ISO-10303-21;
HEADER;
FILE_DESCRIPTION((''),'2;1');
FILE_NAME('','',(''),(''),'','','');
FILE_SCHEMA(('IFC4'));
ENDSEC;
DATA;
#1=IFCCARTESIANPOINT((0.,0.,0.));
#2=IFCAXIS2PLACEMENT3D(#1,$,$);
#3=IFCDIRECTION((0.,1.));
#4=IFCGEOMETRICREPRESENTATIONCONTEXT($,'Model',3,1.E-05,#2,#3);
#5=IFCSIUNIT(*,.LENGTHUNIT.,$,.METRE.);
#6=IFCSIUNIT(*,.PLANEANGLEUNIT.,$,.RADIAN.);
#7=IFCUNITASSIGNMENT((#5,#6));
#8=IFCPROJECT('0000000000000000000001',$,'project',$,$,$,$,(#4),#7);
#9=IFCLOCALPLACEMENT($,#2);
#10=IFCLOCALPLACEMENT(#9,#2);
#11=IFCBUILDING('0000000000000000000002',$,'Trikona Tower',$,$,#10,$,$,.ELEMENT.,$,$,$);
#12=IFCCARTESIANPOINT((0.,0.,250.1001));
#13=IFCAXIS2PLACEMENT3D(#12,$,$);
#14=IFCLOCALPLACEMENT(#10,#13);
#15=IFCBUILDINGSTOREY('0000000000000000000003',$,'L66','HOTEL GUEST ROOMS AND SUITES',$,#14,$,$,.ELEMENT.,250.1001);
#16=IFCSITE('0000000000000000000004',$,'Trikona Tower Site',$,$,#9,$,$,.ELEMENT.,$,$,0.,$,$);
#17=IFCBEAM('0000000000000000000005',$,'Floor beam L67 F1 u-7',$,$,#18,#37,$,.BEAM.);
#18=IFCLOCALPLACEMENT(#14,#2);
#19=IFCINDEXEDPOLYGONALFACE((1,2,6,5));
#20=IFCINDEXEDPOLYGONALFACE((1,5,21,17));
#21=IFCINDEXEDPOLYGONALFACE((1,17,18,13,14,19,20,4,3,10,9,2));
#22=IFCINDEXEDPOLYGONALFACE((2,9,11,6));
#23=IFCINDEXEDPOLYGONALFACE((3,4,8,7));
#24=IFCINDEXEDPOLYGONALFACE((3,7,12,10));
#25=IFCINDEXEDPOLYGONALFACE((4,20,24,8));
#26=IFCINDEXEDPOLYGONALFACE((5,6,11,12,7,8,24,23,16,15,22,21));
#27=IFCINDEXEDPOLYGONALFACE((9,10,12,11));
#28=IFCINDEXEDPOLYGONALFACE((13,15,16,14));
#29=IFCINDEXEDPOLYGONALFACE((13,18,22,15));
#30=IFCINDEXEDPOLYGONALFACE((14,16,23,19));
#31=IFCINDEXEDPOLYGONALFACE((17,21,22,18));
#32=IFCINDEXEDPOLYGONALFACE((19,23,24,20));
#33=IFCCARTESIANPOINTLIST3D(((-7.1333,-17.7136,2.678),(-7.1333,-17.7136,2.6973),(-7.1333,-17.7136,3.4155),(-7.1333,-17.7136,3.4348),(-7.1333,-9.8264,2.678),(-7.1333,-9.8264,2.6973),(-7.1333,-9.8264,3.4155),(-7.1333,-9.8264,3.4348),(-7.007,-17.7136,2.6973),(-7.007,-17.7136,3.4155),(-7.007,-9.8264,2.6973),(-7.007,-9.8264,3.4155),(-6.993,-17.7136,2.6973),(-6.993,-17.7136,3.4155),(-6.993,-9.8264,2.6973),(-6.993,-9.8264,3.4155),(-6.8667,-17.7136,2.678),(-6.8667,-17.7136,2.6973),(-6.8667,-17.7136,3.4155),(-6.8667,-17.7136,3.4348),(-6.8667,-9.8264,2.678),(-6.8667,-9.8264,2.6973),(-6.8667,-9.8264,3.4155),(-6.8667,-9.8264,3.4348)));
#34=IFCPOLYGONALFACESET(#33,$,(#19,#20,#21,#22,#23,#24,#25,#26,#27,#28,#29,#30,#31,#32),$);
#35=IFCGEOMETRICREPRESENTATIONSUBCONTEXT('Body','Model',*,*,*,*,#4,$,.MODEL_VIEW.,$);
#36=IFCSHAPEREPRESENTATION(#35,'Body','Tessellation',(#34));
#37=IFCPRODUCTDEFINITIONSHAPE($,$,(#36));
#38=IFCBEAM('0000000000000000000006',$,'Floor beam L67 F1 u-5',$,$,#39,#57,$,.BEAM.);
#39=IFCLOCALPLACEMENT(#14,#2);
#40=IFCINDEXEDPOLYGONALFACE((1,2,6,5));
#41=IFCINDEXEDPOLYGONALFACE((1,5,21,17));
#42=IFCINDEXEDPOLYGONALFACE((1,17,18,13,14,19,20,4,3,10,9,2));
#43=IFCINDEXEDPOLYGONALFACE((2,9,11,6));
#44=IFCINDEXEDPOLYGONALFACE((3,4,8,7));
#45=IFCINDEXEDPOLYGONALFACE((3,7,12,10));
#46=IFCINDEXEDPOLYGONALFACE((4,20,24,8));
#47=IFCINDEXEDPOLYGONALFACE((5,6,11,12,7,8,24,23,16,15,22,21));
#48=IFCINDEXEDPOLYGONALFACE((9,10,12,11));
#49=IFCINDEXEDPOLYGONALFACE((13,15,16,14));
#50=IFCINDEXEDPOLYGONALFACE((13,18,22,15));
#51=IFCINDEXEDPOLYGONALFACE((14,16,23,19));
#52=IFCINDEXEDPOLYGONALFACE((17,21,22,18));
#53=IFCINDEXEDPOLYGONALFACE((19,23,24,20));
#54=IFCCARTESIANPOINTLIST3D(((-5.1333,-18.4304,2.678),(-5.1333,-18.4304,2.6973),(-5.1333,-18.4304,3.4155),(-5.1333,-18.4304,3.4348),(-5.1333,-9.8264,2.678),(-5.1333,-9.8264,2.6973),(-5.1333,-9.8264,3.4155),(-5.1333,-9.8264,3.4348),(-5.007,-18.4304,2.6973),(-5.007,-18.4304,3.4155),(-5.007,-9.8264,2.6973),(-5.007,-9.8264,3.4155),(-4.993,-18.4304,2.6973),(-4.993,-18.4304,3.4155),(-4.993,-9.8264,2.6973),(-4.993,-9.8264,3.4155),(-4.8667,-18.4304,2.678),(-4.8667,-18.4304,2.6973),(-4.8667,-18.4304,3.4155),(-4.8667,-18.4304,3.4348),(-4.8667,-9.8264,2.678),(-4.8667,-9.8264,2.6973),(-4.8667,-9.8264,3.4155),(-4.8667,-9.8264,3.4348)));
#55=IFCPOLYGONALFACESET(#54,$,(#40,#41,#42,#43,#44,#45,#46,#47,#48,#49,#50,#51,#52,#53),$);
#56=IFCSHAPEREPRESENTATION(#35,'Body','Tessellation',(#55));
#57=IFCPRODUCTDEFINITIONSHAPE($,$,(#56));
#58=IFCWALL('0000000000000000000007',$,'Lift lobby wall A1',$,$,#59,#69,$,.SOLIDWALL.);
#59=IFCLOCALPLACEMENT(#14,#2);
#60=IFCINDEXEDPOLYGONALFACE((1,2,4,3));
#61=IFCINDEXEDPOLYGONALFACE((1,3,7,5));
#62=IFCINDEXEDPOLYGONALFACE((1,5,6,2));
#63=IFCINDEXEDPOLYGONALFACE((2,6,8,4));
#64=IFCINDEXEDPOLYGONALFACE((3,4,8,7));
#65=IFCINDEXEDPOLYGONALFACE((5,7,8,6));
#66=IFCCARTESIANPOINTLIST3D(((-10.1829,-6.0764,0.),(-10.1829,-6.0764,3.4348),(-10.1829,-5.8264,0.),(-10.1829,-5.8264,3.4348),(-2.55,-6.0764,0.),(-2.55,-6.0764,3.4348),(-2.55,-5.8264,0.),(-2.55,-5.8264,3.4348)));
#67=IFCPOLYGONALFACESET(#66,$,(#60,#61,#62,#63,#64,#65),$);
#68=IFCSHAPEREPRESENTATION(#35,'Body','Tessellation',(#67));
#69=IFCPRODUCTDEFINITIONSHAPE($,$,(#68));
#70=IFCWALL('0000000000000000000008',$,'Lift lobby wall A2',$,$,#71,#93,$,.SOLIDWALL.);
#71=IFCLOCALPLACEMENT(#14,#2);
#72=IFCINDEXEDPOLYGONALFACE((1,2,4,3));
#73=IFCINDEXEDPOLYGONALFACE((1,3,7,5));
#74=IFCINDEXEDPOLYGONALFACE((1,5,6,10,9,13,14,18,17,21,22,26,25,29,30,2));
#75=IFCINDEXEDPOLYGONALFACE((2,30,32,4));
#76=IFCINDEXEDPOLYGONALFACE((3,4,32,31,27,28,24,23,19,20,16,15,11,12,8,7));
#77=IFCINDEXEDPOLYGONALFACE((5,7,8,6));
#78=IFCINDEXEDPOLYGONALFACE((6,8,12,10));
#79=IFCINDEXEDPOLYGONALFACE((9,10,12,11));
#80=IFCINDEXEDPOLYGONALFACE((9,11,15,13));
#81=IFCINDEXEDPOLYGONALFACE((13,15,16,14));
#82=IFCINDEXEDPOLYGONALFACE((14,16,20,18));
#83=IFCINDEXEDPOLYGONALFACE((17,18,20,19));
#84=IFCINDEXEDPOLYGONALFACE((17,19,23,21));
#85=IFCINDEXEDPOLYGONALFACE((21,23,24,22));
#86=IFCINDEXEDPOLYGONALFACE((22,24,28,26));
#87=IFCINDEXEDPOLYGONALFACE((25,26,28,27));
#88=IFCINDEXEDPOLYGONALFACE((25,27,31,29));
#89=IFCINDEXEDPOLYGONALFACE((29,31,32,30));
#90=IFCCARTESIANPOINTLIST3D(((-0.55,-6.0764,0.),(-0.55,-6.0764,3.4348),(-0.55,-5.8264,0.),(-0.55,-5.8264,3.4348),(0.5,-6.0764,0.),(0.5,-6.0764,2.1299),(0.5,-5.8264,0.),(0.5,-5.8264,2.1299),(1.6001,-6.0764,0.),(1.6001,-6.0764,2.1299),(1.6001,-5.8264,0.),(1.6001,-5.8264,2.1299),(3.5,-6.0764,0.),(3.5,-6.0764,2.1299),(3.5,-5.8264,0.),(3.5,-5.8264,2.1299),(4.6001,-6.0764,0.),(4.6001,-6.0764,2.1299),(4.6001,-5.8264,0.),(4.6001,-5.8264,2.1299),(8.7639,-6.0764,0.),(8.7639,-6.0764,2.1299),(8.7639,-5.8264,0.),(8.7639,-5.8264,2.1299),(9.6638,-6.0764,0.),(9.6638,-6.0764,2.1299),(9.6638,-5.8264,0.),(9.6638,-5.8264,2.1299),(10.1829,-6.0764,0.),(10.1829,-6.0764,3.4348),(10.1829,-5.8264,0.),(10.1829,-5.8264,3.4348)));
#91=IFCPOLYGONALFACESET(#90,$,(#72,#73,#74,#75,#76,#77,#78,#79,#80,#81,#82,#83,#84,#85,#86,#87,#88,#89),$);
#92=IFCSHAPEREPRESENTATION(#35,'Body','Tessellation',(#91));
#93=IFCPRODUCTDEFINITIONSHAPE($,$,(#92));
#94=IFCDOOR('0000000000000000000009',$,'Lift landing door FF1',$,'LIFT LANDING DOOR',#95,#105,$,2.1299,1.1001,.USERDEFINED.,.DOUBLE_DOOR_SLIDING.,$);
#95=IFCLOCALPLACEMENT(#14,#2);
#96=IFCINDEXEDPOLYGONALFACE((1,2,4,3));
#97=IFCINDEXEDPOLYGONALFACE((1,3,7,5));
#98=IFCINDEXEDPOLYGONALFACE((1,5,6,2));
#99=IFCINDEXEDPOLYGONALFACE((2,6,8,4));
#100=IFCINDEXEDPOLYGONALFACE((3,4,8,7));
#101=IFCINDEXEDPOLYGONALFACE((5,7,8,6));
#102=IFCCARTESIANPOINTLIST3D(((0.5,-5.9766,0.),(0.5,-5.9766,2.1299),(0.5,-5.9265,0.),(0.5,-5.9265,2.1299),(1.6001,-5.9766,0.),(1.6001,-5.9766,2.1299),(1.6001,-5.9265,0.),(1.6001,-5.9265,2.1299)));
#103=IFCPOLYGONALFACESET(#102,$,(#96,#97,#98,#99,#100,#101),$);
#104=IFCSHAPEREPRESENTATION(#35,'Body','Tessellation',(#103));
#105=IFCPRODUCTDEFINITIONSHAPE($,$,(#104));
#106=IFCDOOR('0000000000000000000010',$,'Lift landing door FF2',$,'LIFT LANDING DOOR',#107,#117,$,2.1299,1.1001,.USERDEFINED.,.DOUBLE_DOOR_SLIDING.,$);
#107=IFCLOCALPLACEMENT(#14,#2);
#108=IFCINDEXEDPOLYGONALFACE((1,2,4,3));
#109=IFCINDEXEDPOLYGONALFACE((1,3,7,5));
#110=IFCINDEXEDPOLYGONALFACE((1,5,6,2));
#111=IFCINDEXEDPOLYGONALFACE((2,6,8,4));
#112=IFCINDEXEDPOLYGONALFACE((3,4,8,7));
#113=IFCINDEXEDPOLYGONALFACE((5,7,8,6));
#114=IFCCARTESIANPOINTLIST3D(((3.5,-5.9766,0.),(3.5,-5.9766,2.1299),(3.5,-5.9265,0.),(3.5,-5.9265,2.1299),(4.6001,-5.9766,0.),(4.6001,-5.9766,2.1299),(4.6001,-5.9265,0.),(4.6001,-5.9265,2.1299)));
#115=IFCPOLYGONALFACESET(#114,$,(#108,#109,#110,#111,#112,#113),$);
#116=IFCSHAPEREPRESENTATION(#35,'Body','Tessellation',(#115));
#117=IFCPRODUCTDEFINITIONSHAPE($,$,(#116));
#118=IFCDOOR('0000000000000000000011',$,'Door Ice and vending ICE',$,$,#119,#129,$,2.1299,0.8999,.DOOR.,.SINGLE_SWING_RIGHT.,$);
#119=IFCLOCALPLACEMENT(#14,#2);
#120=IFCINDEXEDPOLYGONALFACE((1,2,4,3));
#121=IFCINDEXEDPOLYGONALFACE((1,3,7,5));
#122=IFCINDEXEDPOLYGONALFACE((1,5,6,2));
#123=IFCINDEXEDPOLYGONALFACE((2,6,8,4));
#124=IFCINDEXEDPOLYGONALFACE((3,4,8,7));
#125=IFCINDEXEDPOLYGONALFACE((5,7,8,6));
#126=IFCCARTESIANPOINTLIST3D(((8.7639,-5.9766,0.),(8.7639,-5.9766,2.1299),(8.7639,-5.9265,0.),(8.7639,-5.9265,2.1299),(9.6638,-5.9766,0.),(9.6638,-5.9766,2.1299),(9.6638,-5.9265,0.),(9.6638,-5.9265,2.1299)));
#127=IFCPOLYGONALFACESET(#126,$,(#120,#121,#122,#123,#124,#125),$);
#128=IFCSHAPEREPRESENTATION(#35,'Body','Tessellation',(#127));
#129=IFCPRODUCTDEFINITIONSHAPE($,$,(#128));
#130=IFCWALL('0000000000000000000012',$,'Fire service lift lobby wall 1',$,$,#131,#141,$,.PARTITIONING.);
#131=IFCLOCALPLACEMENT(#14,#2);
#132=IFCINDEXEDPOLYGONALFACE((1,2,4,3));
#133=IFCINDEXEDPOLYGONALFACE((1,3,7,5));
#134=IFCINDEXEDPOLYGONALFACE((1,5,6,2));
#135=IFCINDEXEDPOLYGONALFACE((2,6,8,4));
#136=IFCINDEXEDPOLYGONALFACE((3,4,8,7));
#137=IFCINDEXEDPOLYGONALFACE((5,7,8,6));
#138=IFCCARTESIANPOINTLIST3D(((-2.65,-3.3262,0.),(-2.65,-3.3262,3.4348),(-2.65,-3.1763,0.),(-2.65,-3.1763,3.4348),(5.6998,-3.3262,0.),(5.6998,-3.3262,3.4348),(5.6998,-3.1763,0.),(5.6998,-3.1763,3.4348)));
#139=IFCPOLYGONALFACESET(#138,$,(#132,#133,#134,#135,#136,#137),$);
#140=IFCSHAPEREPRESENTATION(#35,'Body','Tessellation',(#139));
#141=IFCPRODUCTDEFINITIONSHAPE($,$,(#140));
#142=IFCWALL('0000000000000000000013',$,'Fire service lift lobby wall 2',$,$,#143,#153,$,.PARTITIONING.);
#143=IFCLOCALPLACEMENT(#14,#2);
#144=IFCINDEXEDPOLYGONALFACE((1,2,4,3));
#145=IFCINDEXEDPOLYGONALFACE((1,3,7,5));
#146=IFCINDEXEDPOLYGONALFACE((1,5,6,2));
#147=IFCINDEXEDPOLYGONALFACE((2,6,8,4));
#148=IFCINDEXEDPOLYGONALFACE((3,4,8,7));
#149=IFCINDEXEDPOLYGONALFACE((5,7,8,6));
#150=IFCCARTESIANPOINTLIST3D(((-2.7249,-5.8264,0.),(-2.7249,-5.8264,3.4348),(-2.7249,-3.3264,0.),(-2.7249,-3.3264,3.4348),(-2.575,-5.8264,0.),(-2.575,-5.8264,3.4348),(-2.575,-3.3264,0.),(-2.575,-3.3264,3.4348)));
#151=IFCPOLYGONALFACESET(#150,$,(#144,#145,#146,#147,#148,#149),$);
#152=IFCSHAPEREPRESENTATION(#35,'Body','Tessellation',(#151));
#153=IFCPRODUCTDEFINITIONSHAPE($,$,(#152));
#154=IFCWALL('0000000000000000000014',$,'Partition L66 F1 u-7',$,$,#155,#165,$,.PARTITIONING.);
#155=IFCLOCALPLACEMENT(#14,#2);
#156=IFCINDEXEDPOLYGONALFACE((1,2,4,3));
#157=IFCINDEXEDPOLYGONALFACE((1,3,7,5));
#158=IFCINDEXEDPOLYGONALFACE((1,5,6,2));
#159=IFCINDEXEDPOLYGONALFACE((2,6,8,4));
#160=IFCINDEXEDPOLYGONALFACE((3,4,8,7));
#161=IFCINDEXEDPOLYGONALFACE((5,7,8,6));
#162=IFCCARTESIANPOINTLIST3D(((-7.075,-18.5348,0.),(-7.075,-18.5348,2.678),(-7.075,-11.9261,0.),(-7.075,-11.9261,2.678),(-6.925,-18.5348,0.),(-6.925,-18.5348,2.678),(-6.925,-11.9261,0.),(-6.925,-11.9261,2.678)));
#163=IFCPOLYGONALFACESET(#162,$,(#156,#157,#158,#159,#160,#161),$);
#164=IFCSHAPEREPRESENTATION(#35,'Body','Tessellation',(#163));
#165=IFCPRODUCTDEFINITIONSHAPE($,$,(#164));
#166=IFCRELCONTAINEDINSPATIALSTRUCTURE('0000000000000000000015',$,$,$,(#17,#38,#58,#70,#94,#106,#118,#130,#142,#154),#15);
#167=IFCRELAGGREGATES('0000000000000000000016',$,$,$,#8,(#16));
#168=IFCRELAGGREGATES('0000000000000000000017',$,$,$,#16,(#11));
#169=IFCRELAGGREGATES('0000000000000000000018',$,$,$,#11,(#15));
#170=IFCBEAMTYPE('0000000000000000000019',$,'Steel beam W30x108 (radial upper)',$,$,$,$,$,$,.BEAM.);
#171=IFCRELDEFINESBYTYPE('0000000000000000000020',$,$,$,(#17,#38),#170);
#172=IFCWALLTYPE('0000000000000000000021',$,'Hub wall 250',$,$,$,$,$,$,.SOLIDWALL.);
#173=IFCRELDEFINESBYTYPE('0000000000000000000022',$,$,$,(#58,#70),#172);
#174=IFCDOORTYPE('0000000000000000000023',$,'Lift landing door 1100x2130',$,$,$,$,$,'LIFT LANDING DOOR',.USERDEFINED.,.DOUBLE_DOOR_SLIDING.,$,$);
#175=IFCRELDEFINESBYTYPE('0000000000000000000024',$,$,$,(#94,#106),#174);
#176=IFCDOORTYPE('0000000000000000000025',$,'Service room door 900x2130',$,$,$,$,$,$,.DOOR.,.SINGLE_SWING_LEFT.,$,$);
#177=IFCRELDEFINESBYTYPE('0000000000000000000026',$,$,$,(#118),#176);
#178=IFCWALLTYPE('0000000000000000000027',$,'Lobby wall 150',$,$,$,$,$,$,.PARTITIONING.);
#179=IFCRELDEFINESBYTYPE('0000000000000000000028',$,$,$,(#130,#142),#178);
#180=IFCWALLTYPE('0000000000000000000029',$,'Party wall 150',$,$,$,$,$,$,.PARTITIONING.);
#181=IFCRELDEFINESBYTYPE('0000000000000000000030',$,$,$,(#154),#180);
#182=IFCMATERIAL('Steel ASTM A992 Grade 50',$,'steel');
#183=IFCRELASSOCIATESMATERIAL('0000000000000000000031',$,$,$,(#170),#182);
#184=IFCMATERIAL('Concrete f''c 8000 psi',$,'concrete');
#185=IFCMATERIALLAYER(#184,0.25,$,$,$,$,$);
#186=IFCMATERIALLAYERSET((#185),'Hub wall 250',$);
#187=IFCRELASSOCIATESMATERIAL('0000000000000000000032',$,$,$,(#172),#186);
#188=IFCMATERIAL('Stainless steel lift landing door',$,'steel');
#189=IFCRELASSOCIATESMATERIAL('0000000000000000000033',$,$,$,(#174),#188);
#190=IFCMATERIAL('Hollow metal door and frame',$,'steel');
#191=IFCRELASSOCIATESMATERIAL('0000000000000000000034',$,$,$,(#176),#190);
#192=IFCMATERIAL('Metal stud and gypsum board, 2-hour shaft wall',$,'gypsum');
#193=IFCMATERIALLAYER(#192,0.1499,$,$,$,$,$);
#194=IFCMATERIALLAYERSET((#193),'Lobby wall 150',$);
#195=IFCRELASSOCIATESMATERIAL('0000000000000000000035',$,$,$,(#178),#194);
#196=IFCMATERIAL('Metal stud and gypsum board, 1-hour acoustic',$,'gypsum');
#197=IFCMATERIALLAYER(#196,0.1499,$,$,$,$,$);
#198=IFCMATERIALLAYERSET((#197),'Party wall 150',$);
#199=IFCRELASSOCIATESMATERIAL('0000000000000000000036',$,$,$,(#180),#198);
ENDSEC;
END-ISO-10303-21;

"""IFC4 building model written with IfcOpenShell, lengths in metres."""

from ifc_helpers import new_model, si_unit, direction, frame, frame_2d, origin, origin_2d, place, context, subcontext, project, spatial, rectangle, i_section, extrude, material, layer, layer_set, material_profile, profile_set, type_object, element, fill, save


model = new_model("IFC4")

# Units and contexts
model_context = context("Model", 3, precision=1e-05, world=origin(), true_north=direction((0.0, 1.0)))
body_context = subcontext(model_context, "Body", "Model", "MODEL_VIEW")
ifc_project = project(units=[si_unit("LENGTHUNIT", "METRE"), si_unit("PLANEANGLEUNIT", "RADIAN")], contexts=[model_context])

# Site, building, storey
site_placement = place(None, origin())
site = spatial("IfcSite", under=ifc_project, at=site_placement, Name="Trikona Tower Site", CompositionType="ELEMENT", RefElevation=0.0)
building_placement = place(site_placement, origin())
building = spatial("IfcBuilding", under=site, at=building_placement, Name="Trikona Tower", CompositionType="ELEMENT")
storey_placement = place(building_placement, frame((0.0, 0.0, 250.1001)))
storey = spatial("IfcBuildingStorey", under=building, at=storey_placement, Name="L66", Description="HOTEL GUEST ROOMS AND SUITES", CompositionType="ELEMENT", Elevation=250.1001)

# Beams
ifc_material_1 = material(Name="Steel ASTM A992 Grade 50", Category="steel")
ifc_material_profile = material_profile(ifc_material_1, i_section(OverallWidth=0.2666, OverallDepth=0.7568, WebThickness=0.0139, FlangeThickness=0.0193, at=origin_2d()), Name="W30X108")
ifc_profile_set = profile_set([ifc_material_profile], Name="Steel ASTM A992 Grade 50")
beam_type = type_object("IfcBeamType", Name="Steel beam W30x108 (radial upper)", PredefinedType="BEAM", material=ifc_profile_set)
beam_1_placement = place(storey_placement, frame((-7.0, -9.8264, 3.0564), z_axis=(0.0, -1.0, 0.0), x_axis=(1.0, 0.0, 0.0)))
element("IfcBeam", 1, at=beam_1_placement, inside=storey, type_object=beam_type, Name="Floor beam L67 F1 u-7", PredefinedType="BEAM", context=body_context, shape_type="SweptSolid", body=[
    extrude(i_section(OverallWidth=0.2666, OverallDepth=0.7568, WebThickness=0.0139, FlangeThickness=0.0193, at=origin_2d()), origin(), (0.0, 0.0, 1.0), 7.8872),
])
beam_2_placement = place(storey_placement, frame((-5.0, -9.8264, 3.0564), z_axis=(0.0, -1.0, 0.0), x_axis=(1.0, 0.0, 0.0)))
element("IfcBeam", 2, at=beam_2_placement, inside=storey, type_object=beam_type, Name="Floor beam L67 F1 u-5", PredefinedType="BEAM", context=body_context, shape_type="SweptSolid", body=[
    extrude(i_section(OverallWidth=0.2666, OverallDepth=0.7568, WebThickness=0.0139, FlangeThickness=0.0193, at=origin_2d()), origin(), (0.0, 0.0, 1.0), 8.604),
])

# Wall
ifc_material_2 = material(Name="Concrete f'c 8000 psi", Category="concrete")
ifc_layer_1 = layer(ifc_material_2, 0.25)
ifc_layer_set_1 = layer_set([ifc_layer_1], Name="Hub wall 250")
wall_type_1 = type_object("IfcWallType", Name="Hub wall 250", PredefinedType="SOLIDWALL", material=ifc_layer_set_1)
wall_1_placement = place(storey_placement, frame((-10.1829, -5.9514, 0.0), z_axis=(0.0, 0.0, 1.0), x_axis=(1.0, 0.0, 0.0)))
element("IfcWall", 3, at=wall_1_placement, inside=storey, type_object=wall_type_1, Name="Lift lobby wall A1", PredefinedType="SOLIDWALL", context=body_context, shape_type="SweptSolid", body=[
    extrude(rectangle(XDim=7.6328, YDim=0.25, at=frame_2d((3.8164, 0.0))), origin(), (0.0, 0.0, 1.0), 3.4348),
])

# Wall, openings, doors
wall_2_placement = place(storey_placement, frame((-0.55, -5.9514, 0.0), z_axis=(0.0, 0.0, 1.0), x_axis=(1.0, 0.0, 0.0)))
wall_2 = element("IfcWall", 4, at=wall_2_placement, inside=storey, type_object=wall_type_1, Name="Lift lobby wall A2", PredefinedType="SOLIDWALL", context=body_context, shape_type="SweptSolid", body=[
    extrude(rectangle(XDim=10.7329, YDim=0.25, at=frame_2d((5.3665, 0.0))), origin(), (0.0, 0.0, 1.0), 3.4348),
])
opening_1_placement = place(wall_2_placement, frame((9.314, 0.0, 0.0)))
opening_1 = element("IfcOpeningElement", 5, at=opening_1_placement, cuts=wall_2, PredefinedType="OPENING", context=body_context, shape_type="SweptSolid", body=[
    extrude(rectangle(XDim=0.8999, YDim=2.1299, at=frame_2d((0.45, 1.0649))), frame((0.0, 0.135, 0.0), z_axis=(0.0, -1.0, 0.0), x_axis=(1.0, 0.0, 0.0)), (0.0, 0.0, 1.0), 0.27),
])
opening_2_placement = place(wall_2_placement, frame((1.05, 0.0, 0.0)))
opening_2 = element("IfcOpeningElement", 6, at=opening_2_placement, cuts=wall_2, PredefinedType="OPENING", context=body_context, shape_type="SweptSolid", body=[
    extrude(rectangle(XDim=1.1001, YDim=2.1299, at=frame_2d((0.55, 1.0649))), frame((0.0, 0.135, 0.0), z_axis=(0.0, -1.0, 0.0), x_axis=(1.0, 0.0, 0.0)), (0.0, 0.0, 1.0), 0.27),
])
opening_3_placement = place(wall_2_placement, frame((4.05, 0.0, 0.0)))
opening_3 = element("IfcOpeningElement", 7, at=opening_3_placement, cuts=wall_2, PredefinedType="OPENING", context=body_context, shape_type="SweptSolid", body=[
    extrude(rectangle(XDim=1.1001, YDim=2.1299, at=frame_2d((0.55, 1.0649))), frame((0.0, 0.135, 0.0), z_axis=(0.0, -1.0, 0.0), x_axis=(1.0, 0.0, 0.0)), (0.0, 0.0, 1.0), 0.27),
])
ifc_material_3 = material(Name="Stainless steel lift landing door", Category="steel")
door_type_1 = type_object("IfcDoorType", Name="Lift landing door 1100x2130", ElementType="LIFT LANDING DOOR", OperationType="DOUBLE_DOOR_SLIDING", PredefinedType="USERDEFINED", material=ifc_material_3)
door_1_placement = place(opening_2_placement, origin())
door_1 = element("IfcDoor", 8, at=door_1_placement, inside=storey, type_object=door_type_1, Name="Lift landing door FF1", ObjectType="LIFT LANDING DOOR", OperationType="DOUBLE_DOOR_SLIDING", OverallHeight=2.1299, OverallWidth=1.1001, PredefinedType="USERDEFINED", context=body_context, shape_type="SweptSolid", body=[
    extrude(rectangle(XDim=1.1001, YDim=2.1299, at=frame_2d((0.55, 1.0649))), frame((0.0, 0.0249, 0.0), z_axis=(0.0, -1.0, 0.0), x_axis=(1.0, 0.0, 0.0)), (0.0, 0.0, 1.0), 0.05),
])
fill(opening_2, door_1)
door_2_placement = place(opening_3_placement, origin())
door_2 = element("IfcDoor", 9, at=door_2_placement, inside=storey, type_object=door_type_1, Name="Lift landing door FF2", ObjectType="LIFT LANDING DOOR", OperationType="DOUBLE_DOOR_SLIDING", OverallHeight=2.1299, OverallWidth=1.1001, PredefinedType="USERDEFINED", context=body_context, shape_type="SweptSolid", body=[
    extrude(rectangle(XDim=1.1001, YDim=2.1299, at=frame_2d((0.55, 1.0649))), frame((0.0, 0.0249, 0.0), z_axis=(0.0, -1.0, 0.0), x_axis=(1.0, 0.0, 0.0)), (0.0, 0.0, 1.0), 0.05),
])
fill(opening_3, door_2)
ifc_material_4 = material(Name="Hollow metal door and frame", Category="steel")
door_type_2 = type_object("IfcDoorType", Name="Service room door 900x2130", OperationType="SINGLE_SWING_LEFT", PredefinedType="DOOR", material=ifc_material_4)
door_3_placement = place(opening_1_placement, origin())
door_3 = element("IfcDoor", 10, at=door_3_placement, inside=storey, type_object=door_type_2, Name="Door Ice and vending ICE", OperationType="SINGLE_SWING_RIGHT", OverallHeight=2.1299, OverallWidth=0.8999, PredefinedType="DOOR", context=body_context, shape_type="SweptSolid", body=[
    extrude(rectangle(XDim=0.8999, YDim=2.1299, at=frame_2d((0.45, 1.0649))), frame((0.0, 0.0249, 0.0), z_axis=(0.0, -1.0, 0.0), x_axis=(1.0, 0.0, 0.0)), (0.0, 0.0, 1.0), 0.05),
])
fill(opening_1, door_3)

# Walls
ifc_material_5 = material(Name="Metal stud and gypsum board, 2-hour shaft wall", Category="gypsum")
ifc_layer_2 = layer(ifc_material_5, 0.1499)
ifc_layer_set_2 = layer_set([ifc_layer_2], Name="Lobby wall 150")
wall_type_2 = type_object("IfcWallType", Name="Lobby wall 150", PredefinedType="PARTITIONING", material=ifc_layer_set_2)
wall_3_placement = place(storey_placement, frame((-2.6499, -3.2512, 0.0), z_axis=(0.0, 0.0, 1.0), x_axis=(1.0, 0.0, 0.0)))
element("IfcWall", 11, at=wall_3_placement, inside=storey, type_object=wall_type_2, Name="Fire service lift lobby wall 1", PredefinedType="PARTITIONING", context=body_context, shape_type="SweptSolid", body=[
    extrude(rectangle(XDim=8.3499, YDim=0.1499, at=frame_2d((4.1748, 0.0))), origin(), (0.0, 0.0, 1.0), 3.4348),
])
wall_4_placement = place(storey_placement, frame((-2.6499, -5.8264, 0.0), z_axis=(0.0, 0.0, 1.0), x_axis=(0.0, 1.0, 0.0)))
element("IfcWall", 12, at=wall_4_placement, inside=storey, type_object=wall_type_2, Name="Fire service lift lobby wall 2", PredefinedType="PARTITIONING", context=body_context, shape_type="SweptSolid", body=[
    extrude(rectangle(XDim=2.5, YDim=0.1499, at=frame_2d((1.25, 0.0))), origin(), (0.0, 0.0, 1.0), 3.4348),
])
ifc_material_6 = material(Name="Metal stud and gypsum board, 1-hour acoustic", Category="gypsum")
ifc_layer_3 = layer(ifc_material_6, 0.1499)
ifc_layer_set_3 = layer_set([ifc_layer_3], Name="Party wall 150")
wall_type_3 = type_object("IfcWallType", Name="Party wall 150", PredefinedType="PARTITIONING", material=ifc_layer_set_3)
wall_5_placement = place(storey_placement, frame((-7.0, -11.9263, 0.0), z_axis=(0.0, 0.0, 1.0), x_axis=(0.0, -1.0, 0.0)))
element("IfcWall", 13, at=wall_5_placement, inside=storey, type_object=wall_type_3, Name="Partition L66 F1 u-7", PredefinedType="PARTITIONING", context=body_context, shape_type="SweptSolid", body=[
    extrude(rectangle(XDim=6.6086, YDim=0.1499, at=frame_2d((3.3042, 0.0))), origin(), (0.0, 0.0, 1.0), 2.678),
])

save(model, "model.ifc")
